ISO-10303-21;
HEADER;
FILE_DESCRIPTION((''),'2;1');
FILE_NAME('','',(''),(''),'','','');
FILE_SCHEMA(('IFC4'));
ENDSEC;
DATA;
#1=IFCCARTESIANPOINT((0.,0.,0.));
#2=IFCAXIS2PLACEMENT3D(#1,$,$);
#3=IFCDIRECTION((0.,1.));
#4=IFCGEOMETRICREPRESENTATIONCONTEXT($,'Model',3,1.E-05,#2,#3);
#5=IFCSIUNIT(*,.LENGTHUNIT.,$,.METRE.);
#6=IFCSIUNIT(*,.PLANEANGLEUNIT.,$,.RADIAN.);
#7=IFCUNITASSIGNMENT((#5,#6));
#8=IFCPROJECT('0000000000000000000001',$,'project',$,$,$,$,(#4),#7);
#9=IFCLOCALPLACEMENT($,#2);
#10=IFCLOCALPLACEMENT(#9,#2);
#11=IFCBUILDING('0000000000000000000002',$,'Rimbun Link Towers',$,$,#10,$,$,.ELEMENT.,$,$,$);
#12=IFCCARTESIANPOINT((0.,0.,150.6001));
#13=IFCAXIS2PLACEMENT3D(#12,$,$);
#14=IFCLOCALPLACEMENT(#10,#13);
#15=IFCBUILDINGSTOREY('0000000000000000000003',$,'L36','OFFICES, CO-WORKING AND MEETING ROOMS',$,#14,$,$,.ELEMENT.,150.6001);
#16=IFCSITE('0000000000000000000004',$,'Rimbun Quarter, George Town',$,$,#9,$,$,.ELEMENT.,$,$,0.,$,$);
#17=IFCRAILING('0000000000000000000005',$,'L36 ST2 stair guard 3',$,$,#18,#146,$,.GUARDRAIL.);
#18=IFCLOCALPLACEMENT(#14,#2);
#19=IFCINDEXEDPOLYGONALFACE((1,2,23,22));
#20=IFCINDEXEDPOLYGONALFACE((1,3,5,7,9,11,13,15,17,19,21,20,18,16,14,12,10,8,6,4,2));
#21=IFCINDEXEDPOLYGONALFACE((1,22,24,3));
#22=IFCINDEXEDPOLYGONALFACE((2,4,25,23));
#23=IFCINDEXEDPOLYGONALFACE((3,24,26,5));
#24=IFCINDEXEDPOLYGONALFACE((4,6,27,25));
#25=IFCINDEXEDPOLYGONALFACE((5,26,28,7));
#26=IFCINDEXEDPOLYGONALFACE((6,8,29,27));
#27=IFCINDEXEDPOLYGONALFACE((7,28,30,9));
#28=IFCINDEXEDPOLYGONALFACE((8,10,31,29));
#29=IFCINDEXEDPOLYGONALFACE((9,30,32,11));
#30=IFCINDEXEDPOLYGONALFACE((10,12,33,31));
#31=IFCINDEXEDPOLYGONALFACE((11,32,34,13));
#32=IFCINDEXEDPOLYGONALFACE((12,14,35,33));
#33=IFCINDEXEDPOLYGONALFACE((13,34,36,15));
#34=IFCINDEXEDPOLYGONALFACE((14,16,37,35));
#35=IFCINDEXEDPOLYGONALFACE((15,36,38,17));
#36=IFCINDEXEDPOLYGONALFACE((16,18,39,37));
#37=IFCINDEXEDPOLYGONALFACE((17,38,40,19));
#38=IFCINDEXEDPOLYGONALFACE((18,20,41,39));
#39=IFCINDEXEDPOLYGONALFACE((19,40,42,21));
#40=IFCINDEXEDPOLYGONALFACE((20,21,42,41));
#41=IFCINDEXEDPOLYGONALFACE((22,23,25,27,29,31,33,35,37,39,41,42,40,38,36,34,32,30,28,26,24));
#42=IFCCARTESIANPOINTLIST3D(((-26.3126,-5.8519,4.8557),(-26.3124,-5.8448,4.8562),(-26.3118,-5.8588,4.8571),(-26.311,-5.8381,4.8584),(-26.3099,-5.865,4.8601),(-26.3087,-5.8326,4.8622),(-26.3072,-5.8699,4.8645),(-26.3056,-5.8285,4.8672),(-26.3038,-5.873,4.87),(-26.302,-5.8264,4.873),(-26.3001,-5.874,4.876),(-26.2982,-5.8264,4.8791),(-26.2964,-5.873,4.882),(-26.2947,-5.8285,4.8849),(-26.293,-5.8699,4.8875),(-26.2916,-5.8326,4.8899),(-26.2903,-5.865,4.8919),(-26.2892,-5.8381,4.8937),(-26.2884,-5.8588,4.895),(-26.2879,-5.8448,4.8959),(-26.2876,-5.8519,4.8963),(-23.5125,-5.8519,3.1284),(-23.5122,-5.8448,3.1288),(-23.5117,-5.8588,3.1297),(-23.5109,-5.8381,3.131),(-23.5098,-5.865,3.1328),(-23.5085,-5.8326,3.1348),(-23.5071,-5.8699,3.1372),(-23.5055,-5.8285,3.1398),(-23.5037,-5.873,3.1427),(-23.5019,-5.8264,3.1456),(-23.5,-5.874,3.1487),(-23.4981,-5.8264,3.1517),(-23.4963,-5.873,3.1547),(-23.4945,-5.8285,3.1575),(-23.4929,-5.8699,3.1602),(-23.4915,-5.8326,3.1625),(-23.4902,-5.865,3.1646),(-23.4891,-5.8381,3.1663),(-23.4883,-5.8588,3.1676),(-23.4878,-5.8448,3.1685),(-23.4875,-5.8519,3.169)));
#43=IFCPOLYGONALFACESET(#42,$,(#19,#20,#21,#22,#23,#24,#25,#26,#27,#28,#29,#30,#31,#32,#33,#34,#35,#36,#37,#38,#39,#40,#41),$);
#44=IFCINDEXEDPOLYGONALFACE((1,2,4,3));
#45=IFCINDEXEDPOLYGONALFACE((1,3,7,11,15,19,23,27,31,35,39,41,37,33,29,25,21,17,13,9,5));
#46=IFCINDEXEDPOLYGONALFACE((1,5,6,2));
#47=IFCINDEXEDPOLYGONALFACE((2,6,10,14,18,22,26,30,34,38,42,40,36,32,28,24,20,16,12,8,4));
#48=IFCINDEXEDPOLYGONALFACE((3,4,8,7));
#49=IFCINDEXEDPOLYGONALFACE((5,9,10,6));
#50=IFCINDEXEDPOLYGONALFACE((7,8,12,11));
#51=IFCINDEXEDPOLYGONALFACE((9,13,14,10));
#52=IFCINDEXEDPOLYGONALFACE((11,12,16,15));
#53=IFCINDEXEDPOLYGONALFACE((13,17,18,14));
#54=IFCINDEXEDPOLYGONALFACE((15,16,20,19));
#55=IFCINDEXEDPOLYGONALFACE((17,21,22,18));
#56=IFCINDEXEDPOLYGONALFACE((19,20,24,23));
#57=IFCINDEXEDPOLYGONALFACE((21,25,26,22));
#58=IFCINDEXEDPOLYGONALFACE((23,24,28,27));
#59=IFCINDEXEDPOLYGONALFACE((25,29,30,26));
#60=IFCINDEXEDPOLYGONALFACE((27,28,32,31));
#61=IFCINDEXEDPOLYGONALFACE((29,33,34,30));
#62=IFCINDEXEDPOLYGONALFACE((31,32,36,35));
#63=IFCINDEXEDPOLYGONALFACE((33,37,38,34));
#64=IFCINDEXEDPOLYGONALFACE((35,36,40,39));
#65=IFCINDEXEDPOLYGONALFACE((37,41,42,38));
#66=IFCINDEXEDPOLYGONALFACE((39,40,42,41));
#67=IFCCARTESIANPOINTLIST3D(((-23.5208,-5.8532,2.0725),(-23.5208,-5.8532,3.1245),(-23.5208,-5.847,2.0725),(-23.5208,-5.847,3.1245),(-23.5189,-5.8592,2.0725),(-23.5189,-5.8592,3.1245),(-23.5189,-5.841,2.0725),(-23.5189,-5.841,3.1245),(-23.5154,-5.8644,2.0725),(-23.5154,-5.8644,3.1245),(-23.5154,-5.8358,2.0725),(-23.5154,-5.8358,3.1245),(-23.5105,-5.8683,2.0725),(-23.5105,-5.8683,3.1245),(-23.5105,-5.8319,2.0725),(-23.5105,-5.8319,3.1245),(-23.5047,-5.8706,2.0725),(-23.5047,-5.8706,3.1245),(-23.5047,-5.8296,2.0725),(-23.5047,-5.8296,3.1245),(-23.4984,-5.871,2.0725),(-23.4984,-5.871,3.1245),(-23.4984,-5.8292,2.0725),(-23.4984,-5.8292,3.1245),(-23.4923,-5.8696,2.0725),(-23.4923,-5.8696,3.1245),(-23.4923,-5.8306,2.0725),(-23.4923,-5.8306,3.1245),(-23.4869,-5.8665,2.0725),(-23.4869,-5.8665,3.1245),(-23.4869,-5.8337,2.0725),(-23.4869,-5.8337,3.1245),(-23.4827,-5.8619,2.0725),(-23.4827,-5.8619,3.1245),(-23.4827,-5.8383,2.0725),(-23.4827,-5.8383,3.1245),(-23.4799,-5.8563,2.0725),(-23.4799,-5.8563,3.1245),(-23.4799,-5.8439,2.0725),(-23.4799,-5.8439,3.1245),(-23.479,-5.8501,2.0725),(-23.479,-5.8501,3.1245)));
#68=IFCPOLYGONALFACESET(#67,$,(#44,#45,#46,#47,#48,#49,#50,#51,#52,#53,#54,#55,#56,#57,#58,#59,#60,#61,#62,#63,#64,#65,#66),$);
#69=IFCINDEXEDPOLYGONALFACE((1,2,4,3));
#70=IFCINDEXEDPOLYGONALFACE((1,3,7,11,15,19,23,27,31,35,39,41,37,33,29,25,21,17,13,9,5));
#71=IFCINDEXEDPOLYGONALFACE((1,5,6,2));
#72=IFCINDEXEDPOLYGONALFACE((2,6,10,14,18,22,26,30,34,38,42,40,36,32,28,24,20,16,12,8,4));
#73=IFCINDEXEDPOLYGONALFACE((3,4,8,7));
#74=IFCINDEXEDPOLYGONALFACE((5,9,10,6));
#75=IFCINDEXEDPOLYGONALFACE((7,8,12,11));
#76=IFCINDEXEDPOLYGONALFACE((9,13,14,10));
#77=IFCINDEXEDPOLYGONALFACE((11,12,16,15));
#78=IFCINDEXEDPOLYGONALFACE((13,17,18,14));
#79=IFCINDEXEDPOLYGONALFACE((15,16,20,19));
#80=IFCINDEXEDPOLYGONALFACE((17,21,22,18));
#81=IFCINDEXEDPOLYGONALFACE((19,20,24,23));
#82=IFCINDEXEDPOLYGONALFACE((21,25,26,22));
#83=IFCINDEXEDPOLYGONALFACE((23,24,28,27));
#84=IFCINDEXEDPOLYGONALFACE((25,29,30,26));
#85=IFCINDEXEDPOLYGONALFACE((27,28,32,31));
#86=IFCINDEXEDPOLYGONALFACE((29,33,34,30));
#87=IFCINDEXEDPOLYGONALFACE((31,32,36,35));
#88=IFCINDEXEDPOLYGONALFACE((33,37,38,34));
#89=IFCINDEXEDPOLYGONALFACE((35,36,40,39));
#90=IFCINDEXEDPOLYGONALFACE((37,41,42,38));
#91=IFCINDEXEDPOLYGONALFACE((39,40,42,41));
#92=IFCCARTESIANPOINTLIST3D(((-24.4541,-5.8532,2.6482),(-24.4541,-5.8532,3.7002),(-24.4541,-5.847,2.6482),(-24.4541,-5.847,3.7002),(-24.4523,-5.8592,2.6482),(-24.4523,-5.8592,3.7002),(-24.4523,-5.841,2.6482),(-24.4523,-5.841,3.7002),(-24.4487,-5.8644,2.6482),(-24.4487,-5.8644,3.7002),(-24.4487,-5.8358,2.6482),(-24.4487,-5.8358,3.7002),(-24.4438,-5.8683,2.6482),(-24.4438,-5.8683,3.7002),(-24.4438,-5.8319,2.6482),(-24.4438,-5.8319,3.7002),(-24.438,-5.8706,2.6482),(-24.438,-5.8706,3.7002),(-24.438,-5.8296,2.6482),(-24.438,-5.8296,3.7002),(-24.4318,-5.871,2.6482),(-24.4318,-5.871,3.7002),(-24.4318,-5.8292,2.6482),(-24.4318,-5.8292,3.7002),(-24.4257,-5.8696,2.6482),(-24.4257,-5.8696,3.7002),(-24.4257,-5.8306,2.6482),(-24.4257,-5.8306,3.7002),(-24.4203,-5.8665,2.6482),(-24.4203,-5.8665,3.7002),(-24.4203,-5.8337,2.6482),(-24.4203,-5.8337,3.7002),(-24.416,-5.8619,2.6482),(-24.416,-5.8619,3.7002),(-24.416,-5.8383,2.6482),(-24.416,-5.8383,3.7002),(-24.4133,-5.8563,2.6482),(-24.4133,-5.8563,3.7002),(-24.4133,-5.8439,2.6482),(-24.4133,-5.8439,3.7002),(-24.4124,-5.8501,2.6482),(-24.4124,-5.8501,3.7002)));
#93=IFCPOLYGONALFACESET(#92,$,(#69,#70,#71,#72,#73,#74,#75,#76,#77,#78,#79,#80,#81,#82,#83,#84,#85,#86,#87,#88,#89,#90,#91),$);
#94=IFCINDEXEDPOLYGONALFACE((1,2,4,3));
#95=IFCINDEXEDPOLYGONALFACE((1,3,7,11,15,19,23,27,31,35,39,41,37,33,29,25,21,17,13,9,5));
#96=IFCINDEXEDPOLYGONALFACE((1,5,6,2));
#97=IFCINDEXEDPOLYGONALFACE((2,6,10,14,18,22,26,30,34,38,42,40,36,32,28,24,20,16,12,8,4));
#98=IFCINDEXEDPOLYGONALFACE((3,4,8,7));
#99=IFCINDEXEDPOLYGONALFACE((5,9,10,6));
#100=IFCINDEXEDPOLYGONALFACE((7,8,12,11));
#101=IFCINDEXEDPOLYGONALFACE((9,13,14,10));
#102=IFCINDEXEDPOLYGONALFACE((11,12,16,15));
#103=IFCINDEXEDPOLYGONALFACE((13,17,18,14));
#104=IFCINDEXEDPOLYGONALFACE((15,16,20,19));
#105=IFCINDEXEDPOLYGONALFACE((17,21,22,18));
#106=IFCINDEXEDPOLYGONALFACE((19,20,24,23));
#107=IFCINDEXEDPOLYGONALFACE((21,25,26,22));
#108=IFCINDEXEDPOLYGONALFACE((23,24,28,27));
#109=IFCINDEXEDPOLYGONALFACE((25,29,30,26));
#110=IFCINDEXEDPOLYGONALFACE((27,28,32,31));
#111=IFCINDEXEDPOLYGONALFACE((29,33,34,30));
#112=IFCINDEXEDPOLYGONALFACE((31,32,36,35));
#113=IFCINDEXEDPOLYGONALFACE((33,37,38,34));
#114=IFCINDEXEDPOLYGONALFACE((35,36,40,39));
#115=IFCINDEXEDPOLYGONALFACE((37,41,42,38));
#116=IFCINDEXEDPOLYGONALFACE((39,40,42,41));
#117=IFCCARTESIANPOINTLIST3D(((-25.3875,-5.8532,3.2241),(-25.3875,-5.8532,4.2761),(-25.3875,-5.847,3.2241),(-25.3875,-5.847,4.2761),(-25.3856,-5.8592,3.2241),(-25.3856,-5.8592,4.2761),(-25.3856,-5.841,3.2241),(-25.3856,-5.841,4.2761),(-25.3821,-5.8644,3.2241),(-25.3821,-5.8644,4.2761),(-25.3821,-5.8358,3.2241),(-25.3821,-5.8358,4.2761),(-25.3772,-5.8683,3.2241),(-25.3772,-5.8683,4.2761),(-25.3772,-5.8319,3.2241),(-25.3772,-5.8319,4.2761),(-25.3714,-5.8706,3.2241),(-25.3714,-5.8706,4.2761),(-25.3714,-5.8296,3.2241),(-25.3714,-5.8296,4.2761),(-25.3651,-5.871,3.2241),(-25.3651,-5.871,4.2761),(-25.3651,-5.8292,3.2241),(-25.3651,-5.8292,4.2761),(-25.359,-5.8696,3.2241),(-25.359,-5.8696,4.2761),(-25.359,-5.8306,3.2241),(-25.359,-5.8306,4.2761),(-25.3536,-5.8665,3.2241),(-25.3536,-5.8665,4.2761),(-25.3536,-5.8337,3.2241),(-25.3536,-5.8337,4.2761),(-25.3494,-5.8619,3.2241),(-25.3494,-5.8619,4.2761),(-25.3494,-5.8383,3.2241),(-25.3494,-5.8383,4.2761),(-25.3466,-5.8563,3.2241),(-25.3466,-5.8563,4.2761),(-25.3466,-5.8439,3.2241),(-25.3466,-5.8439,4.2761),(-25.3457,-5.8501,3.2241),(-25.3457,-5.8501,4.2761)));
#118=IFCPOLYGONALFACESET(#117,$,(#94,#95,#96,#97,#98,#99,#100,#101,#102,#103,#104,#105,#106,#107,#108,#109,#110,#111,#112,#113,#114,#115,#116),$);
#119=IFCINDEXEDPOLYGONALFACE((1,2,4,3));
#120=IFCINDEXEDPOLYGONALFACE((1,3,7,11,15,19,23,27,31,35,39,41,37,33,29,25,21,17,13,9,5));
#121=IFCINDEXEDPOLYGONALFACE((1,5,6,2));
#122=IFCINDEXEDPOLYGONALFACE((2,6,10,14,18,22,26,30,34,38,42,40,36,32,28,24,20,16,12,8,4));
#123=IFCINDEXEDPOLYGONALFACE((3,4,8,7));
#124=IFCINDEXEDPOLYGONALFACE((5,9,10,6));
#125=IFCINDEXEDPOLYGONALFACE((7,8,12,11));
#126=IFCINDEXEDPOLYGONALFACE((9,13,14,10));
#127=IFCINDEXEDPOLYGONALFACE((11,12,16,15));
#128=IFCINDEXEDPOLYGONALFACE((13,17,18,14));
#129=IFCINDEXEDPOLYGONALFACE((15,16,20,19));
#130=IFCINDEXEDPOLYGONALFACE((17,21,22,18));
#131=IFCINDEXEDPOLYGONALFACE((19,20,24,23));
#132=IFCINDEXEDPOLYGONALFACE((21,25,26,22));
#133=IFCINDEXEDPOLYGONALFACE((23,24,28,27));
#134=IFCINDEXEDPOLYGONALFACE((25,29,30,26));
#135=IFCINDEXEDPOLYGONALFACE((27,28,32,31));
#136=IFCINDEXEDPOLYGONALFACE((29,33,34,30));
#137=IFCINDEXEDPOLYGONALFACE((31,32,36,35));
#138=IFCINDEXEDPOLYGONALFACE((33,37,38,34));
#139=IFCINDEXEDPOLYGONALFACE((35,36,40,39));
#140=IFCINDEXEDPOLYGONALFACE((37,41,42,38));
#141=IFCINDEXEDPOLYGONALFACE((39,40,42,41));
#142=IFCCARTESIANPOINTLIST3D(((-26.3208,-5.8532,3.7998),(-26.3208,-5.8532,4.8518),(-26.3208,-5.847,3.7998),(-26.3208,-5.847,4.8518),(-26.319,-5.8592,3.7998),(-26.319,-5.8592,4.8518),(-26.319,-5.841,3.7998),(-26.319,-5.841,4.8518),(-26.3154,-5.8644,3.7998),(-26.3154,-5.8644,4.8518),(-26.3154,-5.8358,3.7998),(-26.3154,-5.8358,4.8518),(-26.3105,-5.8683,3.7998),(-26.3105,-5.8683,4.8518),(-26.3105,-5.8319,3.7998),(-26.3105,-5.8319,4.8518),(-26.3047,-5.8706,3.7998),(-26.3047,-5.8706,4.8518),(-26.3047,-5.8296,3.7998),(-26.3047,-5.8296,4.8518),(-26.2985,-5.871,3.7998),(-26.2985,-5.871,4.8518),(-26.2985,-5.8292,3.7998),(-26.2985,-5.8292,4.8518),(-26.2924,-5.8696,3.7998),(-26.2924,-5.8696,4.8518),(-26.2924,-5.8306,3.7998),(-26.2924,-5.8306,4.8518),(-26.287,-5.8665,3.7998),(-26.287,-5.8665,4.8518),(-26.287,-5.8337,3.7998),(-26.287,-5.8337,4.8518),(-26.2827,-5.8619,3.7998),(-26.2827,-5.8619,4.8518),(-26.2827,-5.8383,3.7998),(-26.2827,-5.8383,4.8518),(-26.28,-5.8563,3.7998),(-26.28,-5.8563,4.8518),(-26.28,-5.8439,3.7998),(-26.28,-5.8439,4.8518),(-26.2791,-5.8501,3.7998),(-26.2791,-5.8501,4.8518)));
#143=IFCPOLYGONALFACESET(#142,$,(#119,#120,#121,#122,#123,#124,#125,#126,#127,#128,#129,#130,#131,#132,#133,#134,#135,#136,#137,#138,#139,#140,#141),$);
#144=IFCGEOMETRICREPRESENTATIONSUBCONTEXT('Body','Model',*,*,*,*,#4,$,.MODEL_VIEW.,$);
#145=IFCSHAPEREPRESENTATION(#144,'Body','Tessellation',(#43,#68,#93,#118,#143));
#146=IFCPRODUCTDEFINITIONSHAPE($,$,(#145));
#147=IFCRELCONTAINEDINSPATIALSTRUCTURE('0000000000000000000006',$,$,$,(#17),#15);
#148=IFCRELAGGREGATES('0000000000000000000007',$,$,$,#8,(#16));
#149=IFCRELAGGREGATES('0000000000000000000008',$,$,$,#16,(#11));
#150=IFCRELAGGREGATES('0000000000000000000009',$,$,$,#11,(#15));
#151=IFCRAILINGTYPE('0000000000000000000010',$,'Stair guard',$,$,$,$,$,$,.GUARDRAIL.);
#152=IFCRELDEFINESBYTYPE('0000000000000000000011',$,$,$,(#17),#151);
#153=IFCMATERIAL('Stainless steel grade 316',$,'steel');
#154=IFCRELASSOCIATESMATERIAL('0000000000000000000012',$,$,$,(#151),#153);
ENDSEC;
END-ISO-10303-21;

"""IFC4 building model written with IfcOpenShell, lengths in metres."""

from ifc_helpers import new_model, si_unit, direction, frame, origin, origin_2d, place, context, subcontext, project, spatial, circle, extrude, material, type_object, element, save


model = new_model("IFC4")

# Units and contexts
model_context = context("Model", 3, precision=1e-05, world=origin(), true_north=direction((0.0, 1.0)))
body_context = subcontext(model_context, "Body", "Model", "MODEL_VIEW")
ifc_project = project(units=[si_unit("LENGTHUNIT", "METRE"), si_unit("PLANEANGLEUNIT", "RADIAN")], contexts=[model_context])

# Site, building, storey
site_placement = place(None, origin())
site = spatial("IfcSite", under=ifc_project, at=site_placement, Name="Rimbun Quarter, George Town", CompositionType="ELEMENT", RefElevation=0.0)
building_placement = place(site_placement, origin())
building = spatial("IfcBuilding", under=site, at=building_placement, Name="Rimbun Link Towers", CompositionType="ELEMENT")
storey_placement = place(building_placement, frame((0.0, 0.0, 150.6001)))
storey = spatial("IfcBuildingStorey", under=building, at=storey_placement, Name="L36", Description="OFFICES, CO-WORKING AND MEETING ROOMS", CompositionType="ELEMENT", Elevation=150.6001)

# Railing
ifc_material_1 = material(Name="Stainless steel grade 316", Category="steel")
railing_type_1 = type_object("IfcRailingType", Name="Stair guard", PredefinedType="GUARDRAIL", material=ifc_material_1)
railing_1_placement = place(storey_placement, frame((-23.5, -5.8501, 2.0725)))
element("IfcRailing", 1, at=railing_1_placement, inside=storey, type_object=railing_type_1, Name="L36 ST2 stair guard 3", PredefinedType="GUARDRAIL", context=body_context, shape_type="SweptSolid", body=[
    extrude(circle(Radius=0.0239, at=origin_2d()), frame((0.0, 0.0, 1.0762), z_axis=(-0.85109, 0.0, 0.52502), x_axis=(0.0, -1.0, 0.0)), (0.0, 0.0, 1.0), 3.29),
    extrude(circle(Radius=0.021, at=origin_2d()), origin(), (0.0, 0.0, 1.0), 1.052),
    extrude(circle(Radius=0.021, at=origin_2d()), frame((-0.9333, 0.0, 0.5757)), (0.0, 0.0, 1.0), 1.052),
    extrude(circle(Radius=0.021, at=origin_2d()), frame((-1.8667, 0.0, 1.1516)), (0.0, 0.0, 1.0), 1.052),
    extrude(circle(Radius=0.021, at=origin_2d()), frame((-2.8, 0.0, 1.7273)), (0.0, 0.0, 1.0), 1.052),
])

save(model, "model.ifc")
